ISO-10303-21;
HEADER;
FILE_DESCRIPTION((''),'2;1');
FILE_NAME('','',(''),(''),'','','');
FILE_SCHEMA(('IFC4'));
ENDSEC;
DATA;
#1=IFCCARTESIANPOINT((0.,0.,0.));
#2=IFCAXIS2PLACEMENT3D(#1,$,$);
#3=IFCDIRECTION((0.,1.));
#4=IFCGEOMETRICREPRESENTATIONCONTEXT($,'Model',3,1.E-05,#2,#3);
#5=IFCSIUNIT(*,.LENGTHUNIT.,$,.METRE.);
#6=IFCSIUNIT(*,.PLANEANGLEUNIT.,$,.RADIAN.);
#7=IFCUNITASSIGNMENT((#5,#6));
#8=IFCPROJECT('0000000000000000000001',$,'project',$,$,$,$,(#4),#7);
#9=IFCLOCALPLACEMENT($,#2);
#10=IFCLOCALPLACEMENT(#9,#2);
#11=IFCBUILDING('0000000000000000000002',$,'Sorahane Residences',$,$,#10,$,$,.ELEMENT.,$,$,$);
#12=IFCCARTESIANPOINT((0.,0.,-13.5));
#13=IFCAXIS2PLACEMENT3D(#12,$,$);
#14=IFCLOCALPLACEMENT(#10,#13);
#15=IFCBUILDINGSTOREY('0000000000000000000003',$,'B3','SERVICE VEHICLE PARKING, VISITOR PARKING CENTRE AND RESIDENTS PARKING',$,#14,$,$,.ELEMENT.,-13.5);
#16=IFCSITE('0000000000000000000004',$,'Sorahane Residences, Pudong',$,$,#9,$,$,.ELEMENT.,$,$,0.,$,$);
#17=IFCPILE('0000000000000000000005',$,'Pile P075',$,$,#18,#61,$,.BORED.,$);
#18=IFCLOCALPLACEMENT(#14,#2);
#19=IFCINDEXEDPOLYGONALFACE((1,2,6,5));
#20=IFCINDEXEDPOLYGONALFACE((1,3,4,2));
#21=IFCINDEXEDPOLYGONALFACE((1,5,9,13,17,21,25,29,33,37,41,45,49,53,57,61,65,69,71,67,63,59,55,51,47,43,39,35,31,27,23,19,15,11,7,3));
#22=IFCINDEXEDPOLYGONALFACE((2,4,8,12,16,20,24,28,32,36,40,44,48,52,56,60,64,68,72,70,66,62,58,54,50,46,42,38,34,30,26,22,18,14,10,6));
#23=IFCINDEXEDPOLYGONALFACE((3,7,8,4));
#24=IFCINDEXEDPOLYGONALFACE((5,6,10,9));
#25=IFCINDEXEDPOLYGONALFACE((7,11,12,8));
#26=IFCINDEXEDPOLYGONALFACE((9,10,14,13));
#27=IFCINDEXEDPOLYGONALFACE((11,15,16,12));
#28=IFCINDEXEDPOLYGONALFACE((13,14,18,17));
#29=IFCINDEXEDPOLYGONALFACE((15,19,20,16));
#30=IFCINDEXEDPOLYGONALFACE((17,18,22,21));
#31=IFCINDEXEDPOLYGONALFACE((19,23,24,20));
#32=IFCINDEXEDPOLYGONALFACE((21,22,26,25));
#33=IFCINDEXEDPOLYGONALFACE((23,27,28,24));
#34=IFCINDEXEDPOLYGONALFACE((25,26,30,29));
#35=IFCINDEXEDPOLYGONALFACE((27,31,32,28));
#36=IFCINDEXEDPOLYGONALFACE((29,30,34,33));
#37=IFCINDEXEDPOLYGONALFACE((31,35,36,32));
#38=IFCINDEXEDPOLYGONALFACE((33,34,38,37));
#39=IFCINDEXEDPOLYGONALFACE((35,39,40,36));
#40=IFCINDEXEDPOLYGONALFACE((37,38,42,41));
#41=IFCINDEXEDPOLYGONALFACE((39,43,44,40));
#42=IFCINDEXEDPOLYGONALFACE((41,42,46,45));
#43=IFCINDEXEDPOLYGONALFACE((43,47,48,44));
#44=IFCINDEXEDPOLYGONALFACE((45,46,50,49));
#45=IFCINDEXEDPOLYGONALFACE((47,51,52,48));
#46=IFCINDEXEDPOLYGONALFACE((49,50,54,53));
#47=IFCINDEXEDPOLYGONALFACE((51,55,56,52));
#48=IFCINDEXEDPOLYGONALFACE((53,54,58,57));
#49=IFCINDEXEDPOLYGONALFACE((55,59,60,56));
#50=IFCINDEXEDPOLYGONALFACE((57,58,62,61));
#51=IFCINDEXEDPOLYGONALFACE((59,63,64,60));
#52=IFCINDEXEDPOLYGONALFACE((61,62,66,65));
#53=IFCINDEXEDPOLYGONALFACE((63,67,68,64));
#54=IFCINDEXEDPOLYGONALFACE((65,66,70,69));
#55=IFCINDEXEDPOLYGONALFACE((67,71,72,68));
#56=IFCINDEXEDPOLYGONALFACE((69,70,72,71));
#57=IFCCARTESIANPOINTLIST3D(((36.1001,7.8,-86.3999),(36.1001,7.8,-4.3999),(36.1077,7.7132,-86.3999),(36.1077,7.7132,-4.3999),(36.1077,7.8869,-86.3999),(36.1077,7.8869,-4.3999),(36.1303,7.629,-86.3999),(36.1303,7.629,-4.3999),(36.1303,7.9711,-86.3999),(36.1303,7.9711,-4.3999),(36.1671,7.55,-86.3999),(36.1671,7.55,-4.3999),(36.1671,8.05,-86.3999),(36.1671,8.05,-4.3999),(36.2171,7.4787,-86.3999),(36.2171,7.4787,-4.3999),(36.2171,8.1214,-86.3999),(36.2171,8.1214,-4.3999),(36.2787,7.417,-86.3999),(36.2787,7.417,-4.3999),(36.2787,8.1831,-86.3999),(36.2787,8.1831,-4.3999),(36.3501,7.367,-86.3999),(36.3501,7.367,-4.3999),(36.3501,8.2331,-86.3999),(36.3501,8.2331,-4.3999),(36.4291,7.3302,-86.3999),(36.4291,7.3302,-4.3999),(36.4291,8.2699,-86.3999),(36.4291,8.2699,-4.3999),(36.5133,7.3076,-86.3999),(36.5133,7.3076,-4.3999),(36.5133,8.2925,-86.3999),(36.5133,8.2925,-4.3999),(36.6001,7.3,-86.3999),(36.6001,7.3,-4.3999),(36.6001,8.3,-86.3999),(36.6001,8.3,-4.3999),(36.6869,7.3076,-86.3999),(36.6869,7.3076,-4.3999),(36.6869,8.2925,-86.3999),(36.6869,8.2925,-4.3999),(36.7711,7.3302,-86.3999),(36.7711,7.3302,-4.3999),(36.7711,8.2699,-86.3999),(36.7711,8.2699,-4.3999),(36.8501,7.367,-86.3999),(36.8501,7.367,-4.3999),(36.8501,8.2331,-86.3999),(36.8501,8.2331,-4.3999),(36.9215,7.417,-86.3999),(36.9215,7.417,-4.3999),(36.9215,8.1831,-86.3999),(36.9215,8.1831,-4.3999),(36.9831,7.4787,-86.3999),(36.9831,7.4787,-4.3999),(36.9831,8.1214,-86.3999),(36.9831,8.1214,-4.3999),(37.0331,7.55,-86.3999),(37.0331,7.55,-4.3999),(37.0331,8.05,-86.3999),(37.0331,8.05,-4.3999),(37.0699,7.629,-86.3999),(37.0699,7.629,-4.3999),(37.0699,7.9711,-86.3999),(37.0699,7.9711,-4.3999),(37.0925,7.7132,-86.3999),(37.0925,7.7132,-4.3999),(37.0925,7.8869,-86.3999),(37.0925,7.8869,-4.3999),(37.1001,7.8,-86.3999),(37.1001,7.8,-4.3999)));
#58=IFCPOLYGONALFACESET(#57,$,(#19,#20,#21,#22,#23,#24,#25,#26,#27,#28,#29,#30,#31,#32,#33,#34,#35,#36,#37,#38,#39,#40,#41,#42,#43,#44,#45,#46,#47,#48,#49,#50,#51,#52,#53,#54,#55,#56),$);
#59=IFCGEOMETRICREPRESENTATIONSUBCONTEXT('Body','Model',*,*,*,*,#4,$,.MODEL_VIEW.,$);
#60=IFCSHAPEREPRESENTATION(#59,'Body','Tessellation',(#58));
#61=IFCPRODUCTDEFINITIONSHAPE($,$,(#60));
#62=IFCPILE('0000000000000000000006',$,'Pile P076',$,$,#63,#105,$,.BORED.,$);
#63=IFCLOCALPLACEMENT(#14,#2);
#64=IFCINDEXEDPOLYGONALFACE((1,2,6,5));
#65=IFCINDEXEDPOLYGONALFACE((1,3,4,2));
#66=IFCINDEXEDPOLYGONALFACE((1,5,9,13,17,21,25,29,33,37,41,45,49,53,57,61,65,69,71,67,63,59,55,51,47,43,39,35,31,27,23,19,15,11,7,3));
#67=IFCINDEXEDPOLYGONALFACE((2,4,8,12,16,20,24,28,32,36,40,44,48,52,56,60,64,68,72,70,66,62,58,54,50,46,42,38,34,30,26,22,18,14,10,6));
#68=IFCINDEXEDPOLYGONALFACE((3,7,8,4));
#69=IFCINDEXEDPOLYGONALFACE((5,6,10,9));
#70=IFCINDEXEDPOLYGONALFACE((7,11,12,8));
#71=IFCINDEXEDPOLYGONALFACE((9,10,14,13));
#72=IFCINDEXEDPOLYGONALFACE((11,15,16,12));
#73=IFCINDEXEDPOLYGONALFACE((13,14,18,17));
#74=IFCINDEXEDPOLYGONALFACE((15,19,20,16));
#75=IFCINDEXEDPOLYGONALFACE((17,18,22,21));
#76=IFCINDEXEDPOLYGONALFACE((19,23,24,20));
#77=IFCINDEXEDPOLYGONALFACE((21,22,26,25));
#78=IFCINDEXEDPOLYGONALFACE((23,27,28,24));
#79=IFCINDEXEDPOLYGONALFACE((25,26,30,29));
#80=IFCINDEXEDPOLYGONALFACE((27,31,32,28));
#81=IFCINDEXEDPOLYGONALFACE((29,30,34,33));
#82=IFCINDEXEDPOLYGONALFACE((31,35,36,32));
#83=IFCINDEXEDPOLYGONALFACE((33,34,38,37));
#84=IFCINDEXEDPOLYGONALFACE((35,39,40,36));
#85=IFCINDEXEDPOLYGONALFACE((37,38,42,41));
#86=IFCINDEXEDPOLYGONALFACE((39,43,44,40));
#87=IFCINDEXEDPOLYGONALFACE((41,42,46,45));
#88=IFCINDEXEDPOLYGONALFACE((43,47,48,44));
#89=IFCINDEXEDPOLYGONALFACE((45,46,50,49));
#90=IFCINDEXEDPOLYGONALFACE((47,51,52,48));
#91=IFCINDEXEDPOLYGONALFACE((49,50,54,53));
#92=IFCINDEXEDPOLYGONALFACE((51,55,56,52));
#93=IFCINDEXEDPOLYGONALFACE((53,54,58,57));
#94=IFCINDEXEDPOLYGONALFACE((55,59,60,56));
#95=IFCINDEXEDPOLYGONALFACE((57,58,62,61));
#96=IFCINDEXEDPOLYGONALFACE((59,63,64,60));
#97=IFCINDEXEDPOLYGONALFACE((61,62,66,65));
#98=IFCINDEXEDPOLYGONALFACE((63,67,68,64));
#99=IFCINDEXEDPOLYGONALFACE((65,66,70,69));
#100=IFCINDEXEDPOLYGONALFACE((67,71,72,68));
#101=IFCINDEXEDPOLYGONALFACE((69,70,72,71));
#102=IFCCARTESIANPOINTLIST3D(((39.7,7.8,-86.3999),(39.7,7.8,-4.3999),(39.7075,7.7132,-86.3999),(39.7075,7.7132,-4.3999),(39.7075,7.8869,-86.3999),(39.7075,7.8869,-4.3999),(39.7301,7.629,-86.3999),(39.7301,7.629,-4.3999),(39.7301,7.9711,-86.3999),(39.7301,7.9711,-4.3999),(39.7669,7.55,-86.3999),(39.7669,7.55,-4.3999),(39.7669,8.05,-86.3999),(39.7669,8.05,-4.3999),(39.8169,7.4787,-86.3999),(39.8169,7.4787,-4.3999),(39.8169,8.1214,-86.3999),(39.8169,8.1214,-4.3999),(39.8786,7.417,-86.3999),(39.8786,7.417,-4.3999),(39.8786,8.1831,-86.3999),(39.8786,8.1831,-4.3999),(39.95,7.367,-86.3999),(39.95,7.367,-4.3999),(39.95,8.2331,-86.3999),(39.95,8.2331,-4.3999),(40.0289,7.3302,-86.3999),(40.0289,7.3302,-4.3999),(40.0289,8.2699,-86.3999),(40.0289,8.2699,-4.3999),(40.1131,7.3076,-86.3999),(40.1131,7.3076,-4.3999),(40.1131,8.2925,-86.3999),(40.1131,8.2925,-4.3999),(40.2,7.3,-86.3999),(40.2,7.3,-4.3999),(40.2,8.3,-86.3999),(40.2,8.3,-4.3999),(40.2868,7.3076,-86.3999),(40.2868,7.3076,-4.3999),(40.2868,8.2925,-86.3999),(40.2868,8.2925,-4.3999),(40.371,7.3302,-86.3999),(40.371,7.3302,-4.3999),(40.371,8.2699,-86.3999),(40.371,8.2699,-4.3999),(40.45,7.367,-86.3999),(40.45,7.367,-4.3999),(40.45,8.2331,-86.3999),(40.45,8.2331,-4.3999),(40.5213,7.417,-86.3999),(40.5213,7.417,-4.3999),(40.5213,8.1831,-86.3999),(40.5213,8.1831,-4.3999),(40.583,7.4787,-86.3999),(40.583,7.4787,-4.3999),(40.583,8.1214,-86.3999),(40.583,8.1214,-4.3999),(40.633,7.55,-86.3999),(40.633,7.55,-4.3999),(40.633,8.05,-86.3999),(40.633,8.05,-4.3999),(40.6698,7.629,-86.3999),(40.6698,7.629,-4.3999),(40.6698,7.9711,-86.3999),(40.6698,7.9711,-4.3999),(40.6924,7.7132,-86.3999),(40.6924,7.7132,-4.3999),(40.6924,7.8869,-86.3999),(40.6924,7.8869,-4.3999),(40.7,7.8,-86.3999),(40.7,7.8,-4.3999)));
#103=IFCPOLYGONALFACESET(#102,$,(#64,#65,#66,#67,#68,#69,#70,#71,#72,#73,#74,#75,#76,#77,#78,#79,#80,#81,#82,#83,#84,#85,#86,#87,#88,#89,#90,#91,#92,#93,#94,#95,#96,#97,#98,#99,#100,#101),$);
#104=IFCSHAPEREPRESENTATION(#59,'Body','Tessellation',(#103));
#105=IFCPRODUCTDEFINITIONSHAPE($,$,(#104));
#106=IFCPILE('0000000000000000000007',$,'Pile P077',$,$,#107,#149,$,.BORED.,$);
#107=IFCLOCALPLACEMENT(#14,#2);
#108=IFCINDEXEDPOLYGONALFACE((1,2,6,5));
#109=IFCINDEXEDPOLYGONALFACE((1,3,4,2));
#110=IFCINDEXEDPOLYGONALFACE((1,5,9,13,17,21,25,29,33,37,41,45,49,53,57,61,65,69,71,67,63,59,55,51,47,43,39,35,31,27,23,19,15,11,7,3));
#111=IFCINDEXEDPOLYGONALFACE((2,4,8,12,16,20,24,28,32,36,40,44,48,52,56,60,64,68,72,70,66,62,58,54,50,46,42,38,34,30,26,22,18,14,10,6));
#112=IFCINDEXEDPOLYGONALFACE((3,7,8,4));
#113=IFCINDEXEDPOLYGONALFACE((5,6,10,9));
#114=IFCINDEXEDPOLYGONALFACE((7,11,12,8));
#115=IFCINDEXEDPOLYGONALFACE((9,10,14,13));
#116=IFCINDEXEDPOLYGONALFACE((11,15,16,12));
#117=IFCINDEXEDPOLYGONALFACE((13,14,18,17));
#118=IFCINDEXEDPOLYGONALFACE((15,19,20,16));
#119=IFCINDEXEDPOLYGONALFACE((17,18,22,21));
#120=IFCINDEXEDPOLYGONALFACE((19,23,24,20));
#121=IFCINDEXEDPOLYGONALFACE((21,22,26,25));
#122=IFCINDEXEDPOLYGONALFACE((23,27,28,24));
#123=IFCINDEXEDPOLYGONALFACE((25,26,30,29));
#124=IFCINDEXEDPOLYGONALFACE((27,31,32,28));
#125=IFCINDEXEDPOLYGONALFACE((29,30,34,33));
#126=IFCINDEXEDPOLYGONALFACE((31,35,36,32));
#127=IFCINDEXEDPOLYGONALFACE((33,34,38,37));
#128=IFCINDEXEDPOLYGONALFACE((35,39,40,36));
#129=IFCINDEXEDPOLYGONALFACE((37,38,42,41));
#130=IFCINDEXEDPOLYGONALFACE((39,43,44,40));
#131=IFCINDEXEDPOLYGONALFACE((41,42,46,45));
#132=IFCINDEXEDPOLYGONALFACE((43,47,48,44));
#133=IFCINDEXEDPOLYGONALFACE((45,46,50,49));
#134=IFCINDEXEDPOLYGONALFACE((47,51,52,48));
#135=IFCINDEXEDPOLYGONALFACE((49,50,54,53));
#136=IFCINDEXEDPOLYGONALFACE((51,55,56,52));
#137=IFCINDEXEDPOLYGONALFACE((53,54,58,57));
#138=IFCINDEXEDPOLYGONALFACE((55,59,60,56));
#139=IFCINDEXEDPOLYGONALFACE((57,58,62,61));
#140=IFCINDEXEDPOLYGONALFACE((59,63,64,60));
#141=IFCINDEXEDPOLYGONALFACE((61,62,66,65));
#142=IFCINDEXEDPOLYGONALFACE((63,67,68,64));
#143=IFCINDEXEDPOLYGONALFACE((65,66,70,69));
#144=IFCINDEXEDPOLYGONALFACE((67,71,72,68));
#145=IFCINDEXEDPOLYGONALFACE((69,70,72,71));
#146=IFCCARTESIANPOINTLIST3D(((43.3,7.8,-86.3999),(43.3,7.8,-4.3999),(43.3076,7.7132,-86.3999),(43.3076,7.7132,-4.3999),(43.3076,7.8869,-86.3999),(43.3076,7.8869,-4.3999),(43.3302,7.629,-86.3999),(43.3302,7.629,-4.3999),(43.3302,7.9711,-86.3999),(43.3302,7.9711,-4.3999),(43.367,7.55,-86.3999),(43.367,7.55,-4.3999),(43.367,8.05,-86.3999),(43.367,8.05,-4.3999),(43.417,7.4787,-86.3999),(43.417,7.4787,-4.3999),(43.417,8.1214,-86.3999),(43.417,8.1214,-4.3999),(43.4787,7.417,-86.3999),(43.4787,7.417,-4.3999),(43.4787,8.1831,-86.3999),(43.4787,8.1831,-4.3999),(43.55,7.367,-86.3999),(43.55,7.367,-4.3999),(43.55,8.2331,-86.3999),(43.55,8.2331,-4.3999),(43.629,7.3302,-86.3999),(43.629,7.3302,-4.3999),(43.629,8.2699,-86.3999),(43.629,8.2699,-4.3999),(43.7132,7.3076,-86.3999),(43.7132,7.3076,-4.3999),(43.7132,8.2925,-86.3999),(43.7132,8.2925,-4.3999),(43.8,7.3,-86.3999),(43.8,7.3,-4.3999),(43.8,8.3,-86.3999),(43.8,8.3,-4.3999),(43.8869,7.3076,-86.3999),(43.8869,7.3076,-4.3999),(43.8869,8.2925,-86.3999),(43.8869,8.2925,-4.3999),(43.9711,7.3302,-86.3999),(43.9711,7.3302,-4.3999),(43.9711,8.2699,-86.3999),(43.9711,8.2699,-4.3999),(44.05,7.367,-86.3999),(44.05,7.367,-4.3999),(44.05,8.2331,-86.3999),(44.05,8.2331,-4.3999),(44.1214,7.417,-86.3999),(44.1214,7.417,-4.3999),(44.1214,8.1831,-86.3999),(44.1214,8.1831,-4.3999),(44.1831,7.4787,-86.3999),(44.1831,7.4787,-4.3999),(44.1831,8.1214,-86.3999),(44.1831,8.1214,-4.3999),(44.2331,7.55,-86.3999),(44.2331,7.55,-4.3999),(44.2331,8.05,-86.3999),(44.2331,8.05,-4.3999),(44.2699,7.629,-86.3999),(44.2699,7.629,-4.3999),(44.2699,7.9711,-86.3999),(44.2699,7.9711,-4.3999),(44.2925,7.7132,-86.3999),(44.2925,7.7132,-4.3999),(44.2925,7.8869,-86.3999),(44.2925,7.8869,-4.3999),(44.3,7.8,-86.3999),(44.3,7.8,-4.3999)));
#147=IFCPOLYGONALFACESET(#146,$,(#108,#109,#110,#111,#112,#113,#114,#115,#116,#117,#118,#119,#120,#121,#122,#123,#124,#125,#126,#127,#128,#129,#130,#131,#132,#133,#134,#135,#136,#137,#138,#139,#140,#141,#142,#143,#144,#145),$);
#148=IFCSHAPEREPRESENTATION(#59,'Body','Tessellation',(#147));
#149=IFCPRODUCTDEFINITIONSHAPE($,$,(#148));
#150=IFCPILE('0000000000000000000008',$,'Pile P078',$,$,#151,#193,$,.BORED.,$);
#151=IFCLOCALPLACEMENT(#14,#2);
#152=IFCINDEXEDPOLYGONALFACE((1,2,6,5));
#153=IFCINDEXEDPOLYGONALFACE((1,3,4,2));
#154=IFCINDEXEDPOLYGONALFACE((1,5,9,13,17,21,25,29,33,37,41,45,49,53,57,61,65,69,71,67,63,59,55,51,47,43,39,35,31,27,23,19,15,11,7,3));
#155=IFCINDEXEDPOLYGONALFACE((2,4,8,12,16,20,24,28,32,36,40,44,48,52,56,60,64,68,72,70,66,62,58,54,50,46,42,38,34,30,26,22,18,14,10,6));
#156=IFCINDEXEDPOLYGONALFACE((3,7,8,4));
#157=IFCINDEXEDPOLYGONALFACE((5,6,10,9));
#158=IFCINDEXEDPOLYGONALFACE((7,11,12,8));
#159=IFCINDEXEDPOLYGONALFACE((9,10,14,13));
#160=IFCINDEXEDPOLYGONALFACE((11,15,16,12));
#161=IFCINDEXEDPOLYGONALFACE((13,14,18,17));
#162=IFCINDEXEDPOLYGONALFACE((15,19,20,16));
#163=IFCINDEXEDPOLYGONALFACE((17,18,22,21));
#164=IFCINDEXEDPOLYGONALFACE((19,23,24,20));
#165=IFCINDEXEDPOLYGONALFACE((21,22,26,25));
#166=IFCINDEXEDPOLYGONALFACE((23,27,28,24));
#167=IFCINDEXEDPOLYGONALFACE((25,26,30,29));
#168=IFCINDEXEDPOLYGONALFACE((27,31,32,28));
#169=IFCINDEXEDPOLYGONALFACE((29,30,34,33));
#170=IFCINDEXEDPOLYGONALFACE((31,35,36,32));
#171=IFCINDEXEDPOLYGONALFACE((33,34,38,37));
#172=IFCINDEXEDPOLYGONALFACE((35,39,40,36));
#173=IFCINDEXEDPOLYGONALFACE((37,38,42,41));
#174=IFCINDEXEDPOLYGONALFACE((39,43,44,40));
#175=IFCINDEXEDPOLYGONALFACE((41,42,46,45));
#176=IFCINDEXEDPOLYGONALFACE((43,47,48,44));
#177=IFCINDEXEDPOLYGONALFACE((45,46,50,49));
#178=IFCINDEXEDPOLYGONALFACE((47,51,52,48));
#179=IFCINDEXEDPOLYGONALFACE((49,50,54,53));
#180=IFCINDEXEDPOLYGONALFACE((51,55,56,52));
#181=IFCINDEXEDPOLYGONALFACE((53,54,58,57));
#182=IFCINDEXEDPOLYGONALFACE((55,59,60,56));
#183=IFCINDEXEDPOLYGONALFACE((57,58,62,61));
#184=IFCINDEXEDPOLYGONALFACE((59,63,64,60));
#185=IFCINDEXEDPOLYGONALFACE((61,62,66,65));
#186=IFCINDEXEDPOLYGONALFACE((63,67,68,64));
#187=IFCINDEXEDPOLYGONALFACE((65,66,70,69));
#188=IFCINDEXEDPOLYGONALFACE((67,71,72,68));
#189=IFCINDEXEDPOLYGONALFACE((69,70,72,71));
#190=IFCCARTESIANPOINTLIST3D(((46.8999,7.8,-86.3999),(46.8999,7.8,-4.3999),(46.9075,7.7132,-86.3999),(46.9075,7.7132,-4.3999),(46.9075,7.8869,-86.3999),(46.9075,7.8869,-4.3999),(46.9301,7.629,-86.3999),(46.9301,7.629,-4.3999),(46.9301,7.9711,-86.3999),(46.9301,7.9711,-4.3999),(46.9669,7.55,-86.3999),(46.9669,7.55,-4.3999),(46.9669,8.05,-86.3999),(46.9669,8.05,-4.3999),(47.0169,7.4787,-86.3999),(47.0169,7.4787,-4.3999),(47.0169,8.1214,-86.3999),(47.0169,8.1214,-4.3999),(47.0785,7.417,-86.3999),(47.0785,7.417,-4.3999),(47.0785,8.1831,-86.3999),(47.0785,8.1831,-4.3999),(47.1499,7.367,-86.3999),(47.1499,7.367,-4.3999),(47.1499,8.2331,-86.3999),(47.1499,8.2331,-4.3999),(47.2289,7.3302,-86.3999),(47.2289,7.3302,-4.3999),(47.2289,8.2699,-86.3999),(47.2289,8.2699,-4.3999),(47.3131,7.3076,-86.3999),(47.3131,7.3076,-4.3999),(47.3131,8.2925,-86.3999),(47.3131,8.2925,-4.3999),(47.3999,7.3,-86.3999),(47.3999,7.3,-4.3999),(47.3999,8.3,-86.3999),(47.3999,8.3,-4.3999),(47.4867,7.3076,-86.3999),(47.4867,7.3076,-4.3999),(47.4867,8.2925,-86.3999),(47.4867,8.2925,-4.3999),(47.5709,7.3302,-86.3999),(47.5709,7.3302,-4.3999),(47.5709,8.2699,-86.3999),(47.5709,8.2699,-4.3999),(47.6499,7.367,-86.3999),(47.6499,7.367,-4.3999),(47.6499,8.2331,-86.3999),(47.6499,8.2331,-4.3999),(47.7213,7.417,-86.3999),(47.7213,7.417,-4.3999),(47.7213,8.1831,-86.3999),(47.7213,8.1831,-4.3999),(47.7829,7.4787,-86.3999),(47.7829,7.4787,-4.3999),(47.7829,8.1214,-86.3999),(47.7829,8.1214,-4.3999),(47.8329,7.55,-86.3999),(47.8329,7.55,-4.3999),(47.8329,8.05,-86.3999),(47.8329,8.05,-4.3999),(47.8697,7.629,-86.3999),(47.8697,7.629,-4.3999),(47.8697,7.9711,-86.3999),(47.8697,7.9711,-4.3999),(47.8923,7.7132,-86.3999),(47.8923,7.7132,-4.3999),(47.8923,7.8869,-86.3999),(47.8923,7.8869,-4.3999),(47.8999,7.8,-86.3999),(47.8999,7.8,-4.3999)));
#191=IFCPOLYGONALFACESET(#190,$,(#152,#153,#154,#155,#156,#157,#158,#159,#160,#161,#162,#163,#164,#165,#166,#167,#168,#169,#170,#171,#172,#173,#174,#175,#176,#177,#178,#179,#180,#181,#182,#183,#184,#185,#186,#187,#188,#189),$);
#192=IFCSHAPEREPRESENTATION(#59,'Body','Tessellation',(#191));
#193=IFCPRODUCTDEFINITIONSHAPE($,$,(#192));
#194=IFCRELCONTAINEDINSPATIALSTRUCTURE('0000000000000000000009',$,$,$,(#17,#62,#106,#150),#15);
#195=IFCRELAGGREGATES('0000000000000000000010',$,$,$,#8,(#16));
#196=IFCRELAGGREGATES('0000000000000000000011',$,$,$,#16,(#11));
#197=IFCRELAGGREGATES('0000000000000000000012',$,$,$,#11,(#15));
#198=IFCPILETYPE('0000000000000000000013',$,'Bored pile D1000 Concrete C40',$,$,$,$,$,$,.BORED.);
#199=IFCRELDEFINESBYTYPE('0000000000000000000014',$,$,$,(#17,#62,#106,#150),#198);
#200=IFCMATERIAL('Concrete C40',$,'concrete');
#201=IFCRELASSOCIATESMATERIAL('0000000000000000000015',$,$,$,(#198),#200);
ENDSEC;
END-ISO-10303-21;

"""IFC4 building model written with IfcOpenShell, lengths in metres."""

from ifc_helpers import new_model, si_unit, direction, frame, origin, origin_2d, place, context, subcontext, project, spatial, circle, extrude, material, material_profile, profile_set, type_object, element, save


model = new_model("IFC4")

# Units and contexts
model_context = context("Model", 3, precision=1e-05, world=origin(), true_north=direction((0.0, 1.0)))
body_context = subcontext(model_context, "Body", "Model", "MODEL_VIEW")
ifc_project = project(units=[si_unit("LENGTHUNIT", "METRE"), si_unit("PLANEANGLEUNIT", "RADIAN")], contexts=[model_context])

# Site, building, storey
site_placement = place(None, origin())
site = spatial("IfcSite", under=ifc_project, at=site_placement, Name="Sorahane Residences, Pudong", CompositionType="ELEMENT", RefElevation=0.0)
building_placement = place(site_placement, origin())
building = spatial("IfcBuilding", under=site, at=building_placement, Name="Sorahane Residences", CompositionType="ELEMENT")
storey_placement = place(building_placement, frame((0.0, 0.0, -13.5)))
storey = spatial("IfcBuildingStorey", under=building, at=storey_placement, Name="B3", Description="SERVICE VEHICLE PARKING, VISITOR PARKING CENTRE AND RESIDENTS PARKING", CompositionType="ELEMENT", Elevation=-13.5)

# Piles
ifc_material_1 = material(Name="Concrete C40", Category="concrete")
ifc_material_profile_1 = material_profile(ifc_material_1, circle(Radius=0.5, at=origin_2d()), Name="D1000")
ifc_profile_set_1 = profile_set([ifc_material_profile_1], Name="Concrete C40")
pile_type = type_object("IfcPileType", Name="Bored pile D1000 Concrete C40", PredefinedType="BORED", material=ifc_profile_set_1)
for number, where, z_axis, x_axis, name in (
    (1, (36.6001, 7.8, -4.3999), (0.0, 0.0, -1.0), (1.0, 0.0, 0.0), "Pile P075"),
    (2, (40.2, 7.8, -4.3999), (0.0, 0.0, -1.0), (1.0, 0.0, 0.0), "Pile P076"),
    (3, (43.8, 7.8, -4.3999), (0.0, 0.0, -1.0), (1.0, 0.0, 0.0), "Pile P077"),
    (4, (47.3999, 7.8, -4.3999), (0.0, 0.0, -1.0), (1.0, 0.0, 0.0), "Pile P078"),
):
    element("IfcPile", number, at=place(storey_placement, frame(where, z_axis=z_axis, x_axis=x_axis)), inside=storey, type_object=pile_type, Name=name, PredefinedType="BORED", context=body_context, shape_type="SweptSolid", body=[
        extrude(circle(Radius=0.5, at=origin_2d()), origin(), (0.0, 0.0, 1.0), 82.0),
    ])

save(model, "model.ifc")
